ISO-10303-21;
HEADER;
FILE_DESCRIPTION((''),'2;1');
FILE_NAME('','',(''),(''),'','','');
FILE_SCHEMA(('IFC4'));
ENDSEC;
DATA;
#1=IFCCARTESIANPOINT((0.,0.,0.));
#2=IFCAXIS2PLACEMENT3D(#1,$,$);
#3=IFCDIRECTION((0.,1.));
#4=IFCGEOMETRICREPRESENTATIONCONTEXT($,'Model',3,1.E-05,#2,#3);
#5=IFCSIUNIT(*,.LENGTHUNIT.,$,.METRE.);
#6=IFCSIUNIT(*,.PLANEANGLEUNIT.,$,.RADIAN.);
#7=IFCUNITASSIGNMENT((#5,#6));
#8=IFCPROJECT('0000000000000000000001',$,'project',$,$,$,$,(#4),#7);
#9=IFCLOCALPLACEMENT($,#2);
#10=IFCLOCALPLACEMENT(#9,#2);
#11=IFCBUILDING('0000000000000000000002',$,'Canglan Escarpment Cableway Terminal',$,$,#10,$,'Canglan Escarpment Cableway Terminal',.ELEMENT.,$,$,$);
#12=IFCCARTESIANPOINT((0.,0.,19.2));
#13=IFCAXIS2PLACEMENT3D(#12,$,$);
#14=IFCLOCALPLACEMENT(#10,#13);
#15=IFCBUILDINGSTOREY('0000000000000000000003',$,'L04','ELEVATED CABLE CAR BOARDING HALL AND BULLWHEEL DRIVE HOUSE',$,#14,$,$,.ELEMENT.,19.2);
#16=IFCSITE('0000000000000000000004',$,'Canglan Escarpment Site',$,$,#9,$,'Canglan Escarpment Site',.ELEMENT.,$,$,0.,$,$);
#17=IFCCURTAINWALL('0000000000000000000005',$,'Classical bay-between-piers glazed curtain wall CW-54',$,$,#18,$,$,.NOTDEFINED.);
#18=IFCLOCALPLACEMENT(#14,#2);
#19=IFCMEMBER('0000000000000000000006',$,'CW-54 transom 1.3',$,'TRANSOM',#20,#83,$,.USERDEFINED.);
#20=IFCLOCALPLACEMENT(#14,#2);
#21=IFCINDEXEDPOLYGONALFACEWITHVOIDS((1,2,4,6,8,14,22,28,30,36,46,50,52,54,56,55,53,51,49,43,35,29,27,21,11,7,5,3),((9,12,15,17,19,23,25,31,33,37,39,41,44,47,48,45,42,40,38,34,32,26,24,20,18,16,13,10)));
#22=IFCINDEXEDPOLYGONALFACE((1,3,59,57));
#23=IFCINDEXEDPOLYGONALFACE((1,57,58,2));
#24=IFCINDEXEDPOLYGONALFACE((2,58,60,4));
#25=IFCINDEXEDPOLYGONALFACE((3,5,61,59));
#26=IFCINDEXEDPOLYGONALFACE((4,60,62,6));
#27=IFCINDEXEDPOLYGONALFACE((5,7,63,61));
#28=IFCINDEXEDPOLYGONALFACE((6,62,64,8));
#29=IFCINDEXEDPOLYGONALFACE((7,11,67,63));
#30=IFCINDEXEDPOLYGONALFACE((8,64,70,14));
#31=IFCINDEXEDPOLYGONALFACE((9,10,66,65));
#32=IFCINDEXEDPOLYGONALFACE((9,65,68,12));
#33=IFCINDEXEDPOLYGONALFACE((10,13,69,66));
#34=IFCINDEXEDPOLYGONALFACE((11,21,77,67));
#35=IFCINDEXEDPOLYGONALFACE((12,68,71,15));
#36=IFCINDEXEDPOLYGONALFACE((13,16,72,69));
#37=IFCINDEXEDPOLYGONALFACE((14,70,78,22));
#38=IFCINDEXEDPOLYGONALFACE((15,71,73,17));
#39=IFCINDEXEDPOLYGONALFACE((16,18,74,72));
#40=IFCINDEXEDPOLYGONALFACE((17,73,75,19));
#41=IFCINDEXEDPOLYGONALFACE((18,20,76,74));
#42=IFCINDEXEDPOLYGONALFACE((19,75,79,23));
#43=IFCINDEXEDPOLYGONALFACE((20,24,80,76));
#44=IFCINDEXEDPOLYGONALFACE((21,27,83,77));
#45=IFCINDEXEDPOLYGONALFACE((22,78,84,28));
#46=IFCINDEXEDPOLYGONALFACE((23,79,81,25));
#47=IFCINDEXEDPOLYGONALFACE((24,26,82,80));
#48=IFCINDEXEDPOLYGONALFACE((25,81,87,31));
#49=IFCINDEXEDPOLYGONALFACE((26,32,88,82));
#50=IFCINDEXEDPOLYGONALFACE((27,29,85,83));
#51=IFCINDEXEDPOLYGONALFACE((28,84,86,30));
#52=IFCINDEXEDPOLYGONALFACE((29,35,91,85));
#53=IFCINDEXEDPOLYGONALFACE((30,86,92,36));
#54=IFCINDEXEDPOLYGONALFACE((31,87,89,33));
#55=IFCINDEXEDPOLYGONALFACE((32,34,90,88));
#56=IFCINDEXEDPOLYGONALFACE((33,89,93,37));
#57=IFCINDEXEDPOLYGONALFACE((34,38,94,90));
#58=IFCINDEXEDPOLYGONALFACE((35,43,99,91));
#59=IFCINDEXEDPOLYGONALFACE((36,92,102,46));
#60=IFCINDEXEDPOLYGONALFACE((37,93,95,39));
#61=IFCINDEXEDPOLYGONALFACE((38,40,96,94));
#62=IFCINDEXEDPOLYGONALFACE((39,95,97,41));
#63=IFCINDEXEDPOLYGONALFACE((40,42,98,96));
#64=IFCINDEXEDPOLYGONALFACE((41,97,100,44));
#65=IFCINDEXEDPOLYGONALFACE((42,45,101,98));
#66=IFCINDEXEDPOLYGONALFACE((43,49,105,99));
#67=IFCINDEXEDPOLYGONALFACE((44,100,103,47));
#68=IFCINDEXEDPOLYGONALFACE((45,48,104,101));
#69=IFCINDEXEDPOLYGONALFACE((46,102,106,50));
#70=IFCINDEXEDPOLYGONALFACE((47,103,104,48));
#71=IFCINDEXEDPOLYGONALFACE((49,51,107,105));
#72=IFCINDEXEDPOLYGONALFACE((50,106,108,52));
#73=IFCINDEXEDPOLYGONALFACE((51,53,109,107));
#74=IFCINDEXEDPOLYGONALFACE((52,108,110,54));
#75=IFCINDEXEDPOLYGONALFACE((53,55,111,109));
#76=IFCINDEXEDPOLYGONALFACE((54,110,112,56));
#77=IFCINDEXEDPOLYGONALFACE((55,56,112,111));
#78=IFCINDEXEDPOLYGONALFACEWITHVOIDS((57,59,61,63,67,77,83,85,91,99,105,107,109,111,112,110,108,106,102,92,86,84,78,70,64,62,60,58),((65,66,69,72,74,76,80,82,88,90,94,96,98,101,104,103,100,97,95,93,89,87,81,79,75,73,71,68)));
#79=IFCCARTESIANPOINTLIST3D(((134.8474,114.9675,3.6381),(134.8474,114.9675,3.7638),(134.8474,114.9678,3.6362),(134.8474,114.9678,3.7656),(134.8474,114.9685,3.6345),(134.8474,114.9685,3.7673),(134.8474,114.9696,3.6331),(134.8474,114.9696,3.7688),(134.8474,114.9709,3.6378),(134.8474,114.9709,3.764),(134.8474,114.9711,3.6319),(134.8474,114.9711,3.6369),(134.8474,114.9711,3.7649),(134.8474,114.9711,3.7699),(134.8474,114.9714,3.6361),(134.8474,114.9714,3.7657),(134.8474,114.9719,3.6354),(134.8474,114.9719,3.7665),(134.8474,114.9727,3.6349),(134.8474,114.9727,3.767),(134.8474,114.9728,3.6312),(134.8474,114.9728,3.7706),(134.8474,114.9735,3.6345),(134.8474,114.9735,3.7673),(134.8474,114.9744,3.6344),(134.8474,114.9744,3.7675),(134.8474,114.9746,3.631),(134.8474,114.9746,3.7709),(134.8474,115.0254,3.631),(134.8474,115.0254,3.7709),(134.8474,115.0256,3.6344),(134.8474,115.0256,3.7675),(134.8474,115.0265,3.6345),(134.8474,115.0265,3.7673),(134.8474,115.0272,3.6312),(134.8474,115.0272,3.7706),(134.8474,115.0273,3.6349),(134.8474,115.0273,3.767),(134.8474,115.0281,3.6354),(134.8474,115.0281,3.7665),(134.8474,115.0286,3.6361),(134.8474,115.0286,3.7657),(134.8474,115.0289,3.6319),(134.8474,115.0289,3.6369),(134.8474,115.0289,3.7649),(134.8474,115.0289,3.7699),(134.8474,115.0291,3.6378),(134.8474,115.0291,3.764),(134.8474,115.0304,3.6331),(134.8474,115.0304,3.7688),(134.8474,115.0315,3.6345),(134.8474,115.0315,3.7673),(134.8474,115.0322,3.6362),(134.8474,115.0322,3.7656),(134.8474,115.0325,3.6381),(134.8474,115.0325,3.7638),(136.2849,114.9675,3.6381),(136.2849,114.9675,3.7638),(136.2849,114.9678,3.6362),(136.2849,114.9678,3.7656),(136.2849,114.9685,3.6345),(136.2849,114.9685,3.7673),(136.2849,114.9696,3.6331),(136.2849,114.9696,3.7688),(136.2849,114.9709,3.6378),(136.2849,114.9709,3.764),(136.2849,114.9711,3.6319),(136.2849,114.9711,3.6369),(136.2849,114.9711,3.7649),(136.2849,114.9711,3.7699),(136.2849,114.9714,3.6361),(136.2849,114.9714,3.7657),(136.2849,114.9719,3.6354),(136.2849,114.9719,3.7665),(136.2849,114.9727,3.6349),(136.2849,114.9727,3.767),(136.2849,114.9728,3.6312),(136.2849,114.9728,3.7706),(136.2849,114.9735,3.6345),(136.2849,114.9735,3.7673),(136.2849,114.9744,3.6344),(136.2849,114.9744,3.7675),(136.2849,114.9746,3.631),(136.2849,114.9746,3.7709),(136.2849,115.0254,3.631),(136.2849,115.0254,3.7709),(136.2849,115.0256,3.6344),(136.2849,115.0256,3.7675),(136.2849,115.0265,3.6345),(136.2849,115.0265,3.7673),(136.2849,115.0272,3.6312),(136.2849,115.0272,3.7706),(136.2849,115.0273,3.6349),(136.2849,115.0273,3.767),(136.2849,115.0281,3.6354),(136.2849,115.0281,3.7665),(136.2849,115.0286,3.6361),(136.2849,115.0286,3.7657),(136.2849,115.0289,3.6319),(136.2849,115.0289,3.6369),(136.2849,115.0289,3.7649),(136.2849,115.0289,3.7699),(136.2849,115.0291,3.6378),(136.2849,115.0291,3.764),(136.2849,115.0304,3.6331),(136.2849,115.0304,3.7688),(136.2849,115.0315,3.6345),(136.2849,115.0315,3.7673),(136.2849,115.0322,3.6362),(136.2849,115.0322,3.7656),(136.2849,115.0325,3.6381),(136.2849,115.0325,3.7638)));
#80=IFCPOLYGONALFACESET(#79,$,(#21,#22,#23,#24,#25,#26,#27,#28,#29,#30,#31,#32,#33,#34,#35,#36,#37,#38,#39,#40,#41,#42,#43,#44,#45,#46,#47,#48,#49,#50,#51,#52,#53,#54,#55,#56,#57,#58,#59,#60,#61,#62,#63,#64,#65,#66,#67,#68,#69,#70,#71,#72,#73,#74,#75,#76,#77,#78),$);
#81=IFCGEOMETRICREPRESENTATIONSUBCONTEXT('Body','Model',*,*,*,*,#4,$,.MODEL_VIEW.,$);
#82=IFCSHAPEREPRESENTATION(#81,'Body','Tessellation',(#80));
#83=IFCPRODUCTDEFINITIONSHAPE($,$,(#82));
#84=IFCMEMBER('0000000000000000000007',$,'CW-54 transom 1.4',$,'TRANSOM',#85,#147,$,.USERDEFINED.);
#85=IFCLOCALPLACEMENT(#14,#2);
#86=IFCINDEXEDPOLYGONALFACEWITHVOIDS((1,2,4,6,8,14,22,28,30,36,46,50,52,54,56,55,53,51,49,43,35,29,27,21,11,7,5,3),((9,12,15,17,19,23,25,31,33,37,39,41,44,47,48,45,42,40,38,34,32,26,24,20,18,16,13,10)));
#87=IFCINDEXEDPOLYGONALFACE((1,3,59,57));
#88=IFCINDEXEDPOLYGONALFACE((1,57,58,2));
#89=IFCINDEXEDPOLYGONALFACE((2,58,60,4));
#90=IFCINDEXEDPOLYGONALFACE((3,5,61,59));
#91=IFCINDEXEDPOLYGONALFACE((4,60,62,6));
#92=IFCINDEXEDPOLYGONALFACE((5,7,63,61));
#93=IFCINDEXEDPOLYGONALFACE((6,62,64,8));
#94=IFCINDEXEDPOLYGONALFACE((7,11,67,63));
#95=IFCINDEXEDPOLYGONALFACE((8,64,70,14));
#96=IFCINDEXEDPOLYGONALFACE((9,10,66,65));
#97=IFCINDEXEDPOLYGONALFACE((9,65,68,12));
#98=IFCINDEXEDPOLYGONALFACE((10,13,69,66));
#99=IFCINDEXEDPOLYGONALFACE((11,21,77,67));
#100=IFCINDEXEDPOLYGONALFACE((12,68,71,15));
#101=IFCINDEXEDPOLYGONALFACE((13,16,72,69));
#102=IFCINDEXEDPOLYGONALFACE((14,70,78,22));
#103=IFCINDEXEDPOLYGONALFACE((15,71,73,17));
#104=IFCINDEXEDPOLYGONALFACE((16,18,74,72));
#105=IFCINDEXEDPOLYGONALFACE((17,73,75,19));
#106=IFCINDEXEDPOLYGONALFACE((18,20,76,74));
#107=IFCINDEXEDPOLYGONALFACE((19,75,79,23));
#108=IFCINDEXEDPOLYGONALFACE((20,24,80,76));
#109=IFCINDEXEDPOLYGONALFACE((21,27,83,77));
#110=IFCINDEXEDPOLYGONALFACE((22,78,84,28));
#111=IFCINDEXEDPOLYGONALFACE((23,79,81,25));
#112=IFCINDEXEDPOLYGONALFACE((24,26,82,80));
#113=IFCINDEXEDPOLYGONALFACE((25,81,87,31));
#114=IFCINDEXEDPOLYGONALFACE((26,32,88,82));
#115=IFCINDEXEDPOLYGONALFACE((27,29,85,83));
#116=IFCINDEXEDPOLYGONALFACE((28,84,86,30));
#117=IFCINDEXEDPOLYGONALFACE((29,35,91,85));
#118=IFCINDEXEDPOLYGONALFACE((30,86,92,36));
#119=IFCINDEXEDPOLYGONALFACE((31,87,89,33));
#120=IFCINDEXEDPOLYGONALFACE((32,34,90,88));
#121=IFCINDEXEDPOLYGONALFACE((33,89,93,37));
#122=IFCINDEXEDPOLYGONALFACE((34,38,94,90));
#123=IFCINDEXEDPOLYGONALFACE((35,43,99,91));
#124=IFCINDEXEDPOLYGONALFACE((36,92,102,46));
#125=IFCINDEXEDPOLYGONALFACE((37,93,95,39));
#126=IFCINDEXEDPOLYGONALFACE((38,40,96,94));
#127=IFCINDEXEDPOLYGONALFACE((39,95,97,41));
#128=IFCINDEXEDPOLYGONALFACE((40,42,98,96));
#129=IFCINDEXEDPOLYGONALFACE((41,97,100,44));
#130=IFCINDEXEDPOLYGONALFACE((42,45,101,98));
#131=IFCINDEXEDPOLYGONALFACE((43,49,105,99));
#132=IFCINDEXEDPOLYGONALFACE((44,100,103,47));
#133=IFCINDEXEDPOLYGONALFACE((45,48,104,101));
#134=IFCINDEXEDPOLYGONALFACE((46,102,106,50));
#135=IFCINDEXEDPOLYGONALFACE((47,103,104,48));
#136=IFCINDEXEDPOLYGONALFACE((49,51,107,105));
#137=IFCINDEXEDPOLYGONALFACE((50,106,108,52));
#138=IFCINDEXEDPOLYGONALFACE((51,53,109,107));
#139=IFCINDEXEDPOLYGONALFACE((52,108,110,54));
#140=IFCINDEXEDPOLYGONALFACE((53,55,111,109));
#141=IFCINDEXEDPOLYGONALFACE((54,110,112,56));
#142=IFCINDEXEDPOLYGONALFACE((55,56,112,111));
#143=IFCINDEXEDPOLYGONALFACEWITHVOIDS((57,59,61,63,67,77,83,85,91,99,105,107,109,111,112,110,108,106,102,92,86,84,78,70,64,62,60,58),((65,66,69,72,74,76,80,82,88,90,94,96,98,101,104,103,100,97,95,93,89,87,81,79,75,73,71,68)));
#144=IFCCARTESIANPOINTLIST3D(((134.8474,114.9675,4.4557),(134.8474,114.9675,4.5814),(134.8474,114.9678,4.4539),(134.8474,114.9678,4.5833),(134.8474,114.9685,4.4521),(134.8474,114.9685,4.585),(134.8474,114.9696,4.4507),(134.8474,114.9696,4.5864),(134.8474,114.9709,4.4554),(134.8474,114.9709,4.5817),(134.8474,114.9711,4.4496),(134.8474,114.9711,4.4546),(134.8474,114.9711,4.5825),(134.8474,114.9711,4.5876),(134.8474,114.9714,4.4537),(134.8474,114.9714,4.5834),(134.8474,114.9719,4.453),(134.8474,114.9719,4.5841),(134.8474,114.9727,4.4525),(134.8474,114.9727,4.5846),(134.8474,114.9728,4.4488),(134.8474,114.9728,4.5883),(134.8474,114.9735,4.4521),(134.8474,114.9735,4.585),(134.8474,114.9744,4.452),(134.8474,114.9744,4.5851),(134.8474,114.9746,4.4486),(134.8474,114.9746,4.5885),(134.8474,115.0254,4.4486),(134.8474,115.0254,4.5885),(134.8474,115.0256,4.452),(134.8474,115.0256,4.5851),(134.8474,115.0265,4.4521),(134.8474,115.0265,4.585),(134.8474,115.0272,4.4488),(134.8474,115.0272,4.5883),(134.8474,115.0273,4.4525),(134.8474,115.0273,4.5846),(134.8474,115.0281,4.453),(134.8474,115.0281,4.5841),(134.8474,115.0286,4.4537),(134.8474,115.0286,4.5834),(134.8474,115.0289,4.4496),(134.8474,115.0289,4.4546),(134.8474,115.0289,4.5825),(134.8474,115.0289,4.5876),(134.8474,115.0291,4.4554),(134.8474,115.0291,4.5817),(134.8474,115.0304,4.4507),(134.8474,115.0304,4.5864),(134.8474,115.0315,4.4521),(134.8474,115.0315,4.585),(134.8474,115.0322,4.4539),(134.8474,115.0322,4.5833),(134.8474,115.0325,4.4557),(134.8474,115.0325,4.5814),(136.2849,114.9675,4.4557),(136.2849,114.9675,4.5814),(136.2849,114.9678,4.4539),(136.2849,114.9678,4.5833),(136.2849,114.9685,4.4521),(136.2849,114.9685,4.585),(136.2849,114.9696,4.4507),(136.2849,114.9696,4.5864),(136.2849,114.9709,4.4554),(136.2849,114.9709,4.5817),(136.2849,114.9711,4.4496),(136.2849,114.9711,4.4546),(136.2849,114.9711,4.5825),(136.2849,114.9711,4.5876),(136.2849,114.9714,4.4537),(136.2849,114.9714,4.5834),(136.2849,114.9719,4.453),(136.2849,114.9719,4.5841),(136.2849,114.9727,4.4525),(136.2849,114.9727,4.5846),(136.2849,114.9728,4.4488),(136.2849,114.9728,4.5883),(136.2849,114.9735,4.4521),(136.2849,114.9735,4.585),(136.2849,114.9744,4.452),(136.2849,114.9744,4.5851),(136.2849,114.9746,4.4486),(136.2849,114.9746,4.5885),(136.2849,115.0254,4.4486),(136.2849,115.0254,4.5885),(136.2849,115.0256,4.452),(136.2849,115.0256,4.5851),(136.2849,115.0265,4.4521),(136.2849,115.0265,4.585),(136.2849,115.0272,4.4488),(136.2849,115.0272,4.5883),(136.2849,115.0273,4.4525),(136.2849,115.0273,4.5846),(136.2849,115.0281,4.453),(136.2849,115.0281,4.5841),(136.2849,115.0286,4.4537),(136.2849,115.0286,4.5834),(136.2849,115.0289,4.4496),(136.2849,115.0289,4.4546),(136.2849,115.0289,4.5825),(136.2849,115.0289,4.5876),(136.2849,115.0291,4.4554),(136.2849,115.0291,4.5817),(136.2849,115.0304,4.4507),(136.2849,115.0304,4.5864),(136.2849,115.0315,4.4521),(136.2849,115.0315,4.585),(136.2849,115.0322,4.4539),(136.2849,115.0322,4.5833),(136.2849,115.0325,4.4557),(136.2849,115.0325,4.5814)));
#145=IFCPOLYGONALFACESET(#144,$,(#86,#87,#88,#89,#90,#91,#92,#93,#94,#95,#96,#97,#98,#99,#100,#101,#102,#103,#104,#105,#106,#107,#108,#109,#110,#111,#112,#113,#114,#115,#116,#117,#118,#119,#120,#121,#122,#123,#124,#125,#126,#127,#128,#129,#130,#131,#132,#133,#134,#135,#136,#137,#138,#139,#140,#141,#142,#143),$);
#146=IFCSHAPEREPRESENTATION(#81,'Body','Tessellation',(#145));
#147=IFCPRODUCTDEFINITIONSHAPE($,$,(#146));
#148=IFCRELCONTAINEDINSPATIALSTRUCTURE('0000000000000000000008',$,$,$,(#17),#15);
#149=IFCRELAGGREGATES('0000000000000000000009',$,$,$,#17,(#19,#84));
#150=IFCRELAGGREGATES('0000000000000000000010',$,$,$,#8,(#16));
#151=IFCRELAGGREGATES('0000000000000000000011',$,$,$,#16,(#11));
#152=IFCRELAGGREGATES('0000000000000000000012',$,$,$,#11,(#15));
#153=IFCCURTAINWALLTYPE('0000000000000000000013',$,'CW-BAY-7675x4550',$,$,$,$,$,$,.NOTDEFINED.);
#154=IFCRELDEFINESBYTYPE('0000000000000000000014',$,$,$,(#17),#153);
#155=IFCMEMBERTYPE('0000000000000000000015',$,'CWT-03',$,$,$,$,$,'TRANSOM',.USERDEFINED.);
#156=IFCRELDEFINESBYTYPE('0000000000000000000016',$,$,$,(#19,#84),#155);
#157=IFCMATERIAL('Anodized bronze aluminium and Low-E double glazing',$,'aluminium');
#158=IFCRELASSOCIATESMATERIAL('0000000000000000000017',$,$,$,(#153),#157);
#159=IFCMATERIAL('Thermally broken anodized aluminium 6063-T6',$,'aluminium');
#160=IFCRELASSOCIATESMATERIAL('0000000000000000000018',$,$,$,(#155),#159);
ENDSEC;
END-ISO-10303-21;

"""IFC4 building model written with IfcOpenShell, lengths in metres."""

from ifc_helpers import new_model, si_unit, direction, frame, origin, origin_2d, place, context, subcontext, project, spatial, hollow_rectangle, extrude, material, material_profile, profile_set, type_object, element, aggregate, save


model = new_model("IFC4")

# Units and contexts
model_context = context("Model", 3, precision=1e-05, world=origin(), true_north=direction((0.0, 1.0)))
body_context = subcontext(model_context, "Body", "Model", "MODEL_VIEW")
ifc_project = project(units=[si_unit("LENGTHUNIT", "METRE"), si_unit("PLANEANGLEUNIT", "RADIAN")], contexts=[model_context])

# Site, building, storey
site_placement = place(None, origin())
site = spatial("IfcSite", under=ifc_project, at=site_placement, Name="Canglan Escarpment Site", LongName="Canglan Escarpment Site", CompositionType="ELEMENT", RefElevation=0.0)
building_placement = place(site_placement, origin())
building = spatial("IfcBuilding", under=site, at=building_placement, Name="Canglan Escarpment Cableway Terminal", LongName="Canglan Escarpment Cableway Terminal", CompositionType="ELEMENT")
storey_placement = place(building_placement, frame((0.0, 0.0, 19.2)))
storey = spatial("IfcBuildingStorey", under=building, at=storey_placement, Name="L04", Description="ELEVATED CABLE CAR BOARDING HALL AND BULLWHEEL DRIVE HOUSE", CompositionType="ELEMENT", Elevation=19.2)

# Curtain wall, members
ifc_material_1 = material(Name="Anodized bronze aluminium and Low-E double glazing", Category="aluminium")
curtain_wall_type = type_object("IfcCurtainWallType", Name="CW-BAY-7675x4550", PredefinedType="NOTDEFINED", material=ifc_material_1)
curtain_wall_placement = place(storey_placement, origin())
curtain_wall = element("IfcCurtainWall", 1, at=curtain_wall_placement, inside=storey, type_object=curtain_wall_type, Name="Classical bay-between-piers glazed curtain wall CW-54", PredefinedType="NOTDEFINED")
ifc_material_2 = material(Name="Thermally broken anodized aluminium 6063-T6", Category="aluminium")
ifc_material_profile_1 = material_profile(ifc_material_2, hollow_rectangle(XDim=0.0649, YDim=0.1399, WallThickness=0.0034, InnerFilletRadius=0.0034, OuterFilletRadius=0.0071, at=origin_2d()), Name="ALU-TRAN 65x140x3.5")
ifc_profile_set_1 = profile_set([ifc_material_profile_1], Name="Thermally broken anodized aluminium 6063-T6")
member_type_1 = type_object("IfcMemberType", Name="CWT-03", ElementType="TRANSOM", PredefinedType="USERDEFINED", material=ifc_profile_set_1)
member_1_placement = place(storey_placement, frame((136.2849, 115.0, 3.7009), z_axis=(-1.0, 0.0, 0.0), x_axis=(0.0, -1.0, 0.0)))
member_1 = element("IfcMember", 2, at=member_1_placement, type_object=member_type_1, Name="CW-54 transom 1.3", ObjectType="TRANSOM", PredefinedType="USERDEFINED", context=body_context, shape_type="SweptSolid", body=[
    extrude(hollow_rectangle(XDim=0.0649, YDim=0.1399, WallThickness=0.0034, InnerFilletRadius=0.0034, OuterFilletRadius=0.0071, at=origin_2d()), origin(), (0.0, 0.0, 1.0), 1.4375),
])
member_2_placement = place(storey_placement, frame((136.2849, 115.0, 4.5186), z_axis=(-1.0, 0.0, 0.0), x_axis=(0.0, -1.0, 0.0)))
member_2 = element("IfcMember", 3, at=member_2_placement, type_object=member_type_1, Name="CW-54 transom 1.4", ObjectType="TRANSOM", PredefinedType="USERDEFINED", context=body_context, shape_type="SweptSolid", body=[
    extrude(hollow_rectangle(XDim=0.0649, YDim=0.1399, WallThickness=0.0034, InnerFilletRadius=0.0034, OuterFilletRadius=0.0071, at=origin_2d()), origin(), (0.0, 0.0, 1.0), 1.4375),
])
aggregate(curtain_wall, [member_1, member_2])

save(model, "model.ifc")
